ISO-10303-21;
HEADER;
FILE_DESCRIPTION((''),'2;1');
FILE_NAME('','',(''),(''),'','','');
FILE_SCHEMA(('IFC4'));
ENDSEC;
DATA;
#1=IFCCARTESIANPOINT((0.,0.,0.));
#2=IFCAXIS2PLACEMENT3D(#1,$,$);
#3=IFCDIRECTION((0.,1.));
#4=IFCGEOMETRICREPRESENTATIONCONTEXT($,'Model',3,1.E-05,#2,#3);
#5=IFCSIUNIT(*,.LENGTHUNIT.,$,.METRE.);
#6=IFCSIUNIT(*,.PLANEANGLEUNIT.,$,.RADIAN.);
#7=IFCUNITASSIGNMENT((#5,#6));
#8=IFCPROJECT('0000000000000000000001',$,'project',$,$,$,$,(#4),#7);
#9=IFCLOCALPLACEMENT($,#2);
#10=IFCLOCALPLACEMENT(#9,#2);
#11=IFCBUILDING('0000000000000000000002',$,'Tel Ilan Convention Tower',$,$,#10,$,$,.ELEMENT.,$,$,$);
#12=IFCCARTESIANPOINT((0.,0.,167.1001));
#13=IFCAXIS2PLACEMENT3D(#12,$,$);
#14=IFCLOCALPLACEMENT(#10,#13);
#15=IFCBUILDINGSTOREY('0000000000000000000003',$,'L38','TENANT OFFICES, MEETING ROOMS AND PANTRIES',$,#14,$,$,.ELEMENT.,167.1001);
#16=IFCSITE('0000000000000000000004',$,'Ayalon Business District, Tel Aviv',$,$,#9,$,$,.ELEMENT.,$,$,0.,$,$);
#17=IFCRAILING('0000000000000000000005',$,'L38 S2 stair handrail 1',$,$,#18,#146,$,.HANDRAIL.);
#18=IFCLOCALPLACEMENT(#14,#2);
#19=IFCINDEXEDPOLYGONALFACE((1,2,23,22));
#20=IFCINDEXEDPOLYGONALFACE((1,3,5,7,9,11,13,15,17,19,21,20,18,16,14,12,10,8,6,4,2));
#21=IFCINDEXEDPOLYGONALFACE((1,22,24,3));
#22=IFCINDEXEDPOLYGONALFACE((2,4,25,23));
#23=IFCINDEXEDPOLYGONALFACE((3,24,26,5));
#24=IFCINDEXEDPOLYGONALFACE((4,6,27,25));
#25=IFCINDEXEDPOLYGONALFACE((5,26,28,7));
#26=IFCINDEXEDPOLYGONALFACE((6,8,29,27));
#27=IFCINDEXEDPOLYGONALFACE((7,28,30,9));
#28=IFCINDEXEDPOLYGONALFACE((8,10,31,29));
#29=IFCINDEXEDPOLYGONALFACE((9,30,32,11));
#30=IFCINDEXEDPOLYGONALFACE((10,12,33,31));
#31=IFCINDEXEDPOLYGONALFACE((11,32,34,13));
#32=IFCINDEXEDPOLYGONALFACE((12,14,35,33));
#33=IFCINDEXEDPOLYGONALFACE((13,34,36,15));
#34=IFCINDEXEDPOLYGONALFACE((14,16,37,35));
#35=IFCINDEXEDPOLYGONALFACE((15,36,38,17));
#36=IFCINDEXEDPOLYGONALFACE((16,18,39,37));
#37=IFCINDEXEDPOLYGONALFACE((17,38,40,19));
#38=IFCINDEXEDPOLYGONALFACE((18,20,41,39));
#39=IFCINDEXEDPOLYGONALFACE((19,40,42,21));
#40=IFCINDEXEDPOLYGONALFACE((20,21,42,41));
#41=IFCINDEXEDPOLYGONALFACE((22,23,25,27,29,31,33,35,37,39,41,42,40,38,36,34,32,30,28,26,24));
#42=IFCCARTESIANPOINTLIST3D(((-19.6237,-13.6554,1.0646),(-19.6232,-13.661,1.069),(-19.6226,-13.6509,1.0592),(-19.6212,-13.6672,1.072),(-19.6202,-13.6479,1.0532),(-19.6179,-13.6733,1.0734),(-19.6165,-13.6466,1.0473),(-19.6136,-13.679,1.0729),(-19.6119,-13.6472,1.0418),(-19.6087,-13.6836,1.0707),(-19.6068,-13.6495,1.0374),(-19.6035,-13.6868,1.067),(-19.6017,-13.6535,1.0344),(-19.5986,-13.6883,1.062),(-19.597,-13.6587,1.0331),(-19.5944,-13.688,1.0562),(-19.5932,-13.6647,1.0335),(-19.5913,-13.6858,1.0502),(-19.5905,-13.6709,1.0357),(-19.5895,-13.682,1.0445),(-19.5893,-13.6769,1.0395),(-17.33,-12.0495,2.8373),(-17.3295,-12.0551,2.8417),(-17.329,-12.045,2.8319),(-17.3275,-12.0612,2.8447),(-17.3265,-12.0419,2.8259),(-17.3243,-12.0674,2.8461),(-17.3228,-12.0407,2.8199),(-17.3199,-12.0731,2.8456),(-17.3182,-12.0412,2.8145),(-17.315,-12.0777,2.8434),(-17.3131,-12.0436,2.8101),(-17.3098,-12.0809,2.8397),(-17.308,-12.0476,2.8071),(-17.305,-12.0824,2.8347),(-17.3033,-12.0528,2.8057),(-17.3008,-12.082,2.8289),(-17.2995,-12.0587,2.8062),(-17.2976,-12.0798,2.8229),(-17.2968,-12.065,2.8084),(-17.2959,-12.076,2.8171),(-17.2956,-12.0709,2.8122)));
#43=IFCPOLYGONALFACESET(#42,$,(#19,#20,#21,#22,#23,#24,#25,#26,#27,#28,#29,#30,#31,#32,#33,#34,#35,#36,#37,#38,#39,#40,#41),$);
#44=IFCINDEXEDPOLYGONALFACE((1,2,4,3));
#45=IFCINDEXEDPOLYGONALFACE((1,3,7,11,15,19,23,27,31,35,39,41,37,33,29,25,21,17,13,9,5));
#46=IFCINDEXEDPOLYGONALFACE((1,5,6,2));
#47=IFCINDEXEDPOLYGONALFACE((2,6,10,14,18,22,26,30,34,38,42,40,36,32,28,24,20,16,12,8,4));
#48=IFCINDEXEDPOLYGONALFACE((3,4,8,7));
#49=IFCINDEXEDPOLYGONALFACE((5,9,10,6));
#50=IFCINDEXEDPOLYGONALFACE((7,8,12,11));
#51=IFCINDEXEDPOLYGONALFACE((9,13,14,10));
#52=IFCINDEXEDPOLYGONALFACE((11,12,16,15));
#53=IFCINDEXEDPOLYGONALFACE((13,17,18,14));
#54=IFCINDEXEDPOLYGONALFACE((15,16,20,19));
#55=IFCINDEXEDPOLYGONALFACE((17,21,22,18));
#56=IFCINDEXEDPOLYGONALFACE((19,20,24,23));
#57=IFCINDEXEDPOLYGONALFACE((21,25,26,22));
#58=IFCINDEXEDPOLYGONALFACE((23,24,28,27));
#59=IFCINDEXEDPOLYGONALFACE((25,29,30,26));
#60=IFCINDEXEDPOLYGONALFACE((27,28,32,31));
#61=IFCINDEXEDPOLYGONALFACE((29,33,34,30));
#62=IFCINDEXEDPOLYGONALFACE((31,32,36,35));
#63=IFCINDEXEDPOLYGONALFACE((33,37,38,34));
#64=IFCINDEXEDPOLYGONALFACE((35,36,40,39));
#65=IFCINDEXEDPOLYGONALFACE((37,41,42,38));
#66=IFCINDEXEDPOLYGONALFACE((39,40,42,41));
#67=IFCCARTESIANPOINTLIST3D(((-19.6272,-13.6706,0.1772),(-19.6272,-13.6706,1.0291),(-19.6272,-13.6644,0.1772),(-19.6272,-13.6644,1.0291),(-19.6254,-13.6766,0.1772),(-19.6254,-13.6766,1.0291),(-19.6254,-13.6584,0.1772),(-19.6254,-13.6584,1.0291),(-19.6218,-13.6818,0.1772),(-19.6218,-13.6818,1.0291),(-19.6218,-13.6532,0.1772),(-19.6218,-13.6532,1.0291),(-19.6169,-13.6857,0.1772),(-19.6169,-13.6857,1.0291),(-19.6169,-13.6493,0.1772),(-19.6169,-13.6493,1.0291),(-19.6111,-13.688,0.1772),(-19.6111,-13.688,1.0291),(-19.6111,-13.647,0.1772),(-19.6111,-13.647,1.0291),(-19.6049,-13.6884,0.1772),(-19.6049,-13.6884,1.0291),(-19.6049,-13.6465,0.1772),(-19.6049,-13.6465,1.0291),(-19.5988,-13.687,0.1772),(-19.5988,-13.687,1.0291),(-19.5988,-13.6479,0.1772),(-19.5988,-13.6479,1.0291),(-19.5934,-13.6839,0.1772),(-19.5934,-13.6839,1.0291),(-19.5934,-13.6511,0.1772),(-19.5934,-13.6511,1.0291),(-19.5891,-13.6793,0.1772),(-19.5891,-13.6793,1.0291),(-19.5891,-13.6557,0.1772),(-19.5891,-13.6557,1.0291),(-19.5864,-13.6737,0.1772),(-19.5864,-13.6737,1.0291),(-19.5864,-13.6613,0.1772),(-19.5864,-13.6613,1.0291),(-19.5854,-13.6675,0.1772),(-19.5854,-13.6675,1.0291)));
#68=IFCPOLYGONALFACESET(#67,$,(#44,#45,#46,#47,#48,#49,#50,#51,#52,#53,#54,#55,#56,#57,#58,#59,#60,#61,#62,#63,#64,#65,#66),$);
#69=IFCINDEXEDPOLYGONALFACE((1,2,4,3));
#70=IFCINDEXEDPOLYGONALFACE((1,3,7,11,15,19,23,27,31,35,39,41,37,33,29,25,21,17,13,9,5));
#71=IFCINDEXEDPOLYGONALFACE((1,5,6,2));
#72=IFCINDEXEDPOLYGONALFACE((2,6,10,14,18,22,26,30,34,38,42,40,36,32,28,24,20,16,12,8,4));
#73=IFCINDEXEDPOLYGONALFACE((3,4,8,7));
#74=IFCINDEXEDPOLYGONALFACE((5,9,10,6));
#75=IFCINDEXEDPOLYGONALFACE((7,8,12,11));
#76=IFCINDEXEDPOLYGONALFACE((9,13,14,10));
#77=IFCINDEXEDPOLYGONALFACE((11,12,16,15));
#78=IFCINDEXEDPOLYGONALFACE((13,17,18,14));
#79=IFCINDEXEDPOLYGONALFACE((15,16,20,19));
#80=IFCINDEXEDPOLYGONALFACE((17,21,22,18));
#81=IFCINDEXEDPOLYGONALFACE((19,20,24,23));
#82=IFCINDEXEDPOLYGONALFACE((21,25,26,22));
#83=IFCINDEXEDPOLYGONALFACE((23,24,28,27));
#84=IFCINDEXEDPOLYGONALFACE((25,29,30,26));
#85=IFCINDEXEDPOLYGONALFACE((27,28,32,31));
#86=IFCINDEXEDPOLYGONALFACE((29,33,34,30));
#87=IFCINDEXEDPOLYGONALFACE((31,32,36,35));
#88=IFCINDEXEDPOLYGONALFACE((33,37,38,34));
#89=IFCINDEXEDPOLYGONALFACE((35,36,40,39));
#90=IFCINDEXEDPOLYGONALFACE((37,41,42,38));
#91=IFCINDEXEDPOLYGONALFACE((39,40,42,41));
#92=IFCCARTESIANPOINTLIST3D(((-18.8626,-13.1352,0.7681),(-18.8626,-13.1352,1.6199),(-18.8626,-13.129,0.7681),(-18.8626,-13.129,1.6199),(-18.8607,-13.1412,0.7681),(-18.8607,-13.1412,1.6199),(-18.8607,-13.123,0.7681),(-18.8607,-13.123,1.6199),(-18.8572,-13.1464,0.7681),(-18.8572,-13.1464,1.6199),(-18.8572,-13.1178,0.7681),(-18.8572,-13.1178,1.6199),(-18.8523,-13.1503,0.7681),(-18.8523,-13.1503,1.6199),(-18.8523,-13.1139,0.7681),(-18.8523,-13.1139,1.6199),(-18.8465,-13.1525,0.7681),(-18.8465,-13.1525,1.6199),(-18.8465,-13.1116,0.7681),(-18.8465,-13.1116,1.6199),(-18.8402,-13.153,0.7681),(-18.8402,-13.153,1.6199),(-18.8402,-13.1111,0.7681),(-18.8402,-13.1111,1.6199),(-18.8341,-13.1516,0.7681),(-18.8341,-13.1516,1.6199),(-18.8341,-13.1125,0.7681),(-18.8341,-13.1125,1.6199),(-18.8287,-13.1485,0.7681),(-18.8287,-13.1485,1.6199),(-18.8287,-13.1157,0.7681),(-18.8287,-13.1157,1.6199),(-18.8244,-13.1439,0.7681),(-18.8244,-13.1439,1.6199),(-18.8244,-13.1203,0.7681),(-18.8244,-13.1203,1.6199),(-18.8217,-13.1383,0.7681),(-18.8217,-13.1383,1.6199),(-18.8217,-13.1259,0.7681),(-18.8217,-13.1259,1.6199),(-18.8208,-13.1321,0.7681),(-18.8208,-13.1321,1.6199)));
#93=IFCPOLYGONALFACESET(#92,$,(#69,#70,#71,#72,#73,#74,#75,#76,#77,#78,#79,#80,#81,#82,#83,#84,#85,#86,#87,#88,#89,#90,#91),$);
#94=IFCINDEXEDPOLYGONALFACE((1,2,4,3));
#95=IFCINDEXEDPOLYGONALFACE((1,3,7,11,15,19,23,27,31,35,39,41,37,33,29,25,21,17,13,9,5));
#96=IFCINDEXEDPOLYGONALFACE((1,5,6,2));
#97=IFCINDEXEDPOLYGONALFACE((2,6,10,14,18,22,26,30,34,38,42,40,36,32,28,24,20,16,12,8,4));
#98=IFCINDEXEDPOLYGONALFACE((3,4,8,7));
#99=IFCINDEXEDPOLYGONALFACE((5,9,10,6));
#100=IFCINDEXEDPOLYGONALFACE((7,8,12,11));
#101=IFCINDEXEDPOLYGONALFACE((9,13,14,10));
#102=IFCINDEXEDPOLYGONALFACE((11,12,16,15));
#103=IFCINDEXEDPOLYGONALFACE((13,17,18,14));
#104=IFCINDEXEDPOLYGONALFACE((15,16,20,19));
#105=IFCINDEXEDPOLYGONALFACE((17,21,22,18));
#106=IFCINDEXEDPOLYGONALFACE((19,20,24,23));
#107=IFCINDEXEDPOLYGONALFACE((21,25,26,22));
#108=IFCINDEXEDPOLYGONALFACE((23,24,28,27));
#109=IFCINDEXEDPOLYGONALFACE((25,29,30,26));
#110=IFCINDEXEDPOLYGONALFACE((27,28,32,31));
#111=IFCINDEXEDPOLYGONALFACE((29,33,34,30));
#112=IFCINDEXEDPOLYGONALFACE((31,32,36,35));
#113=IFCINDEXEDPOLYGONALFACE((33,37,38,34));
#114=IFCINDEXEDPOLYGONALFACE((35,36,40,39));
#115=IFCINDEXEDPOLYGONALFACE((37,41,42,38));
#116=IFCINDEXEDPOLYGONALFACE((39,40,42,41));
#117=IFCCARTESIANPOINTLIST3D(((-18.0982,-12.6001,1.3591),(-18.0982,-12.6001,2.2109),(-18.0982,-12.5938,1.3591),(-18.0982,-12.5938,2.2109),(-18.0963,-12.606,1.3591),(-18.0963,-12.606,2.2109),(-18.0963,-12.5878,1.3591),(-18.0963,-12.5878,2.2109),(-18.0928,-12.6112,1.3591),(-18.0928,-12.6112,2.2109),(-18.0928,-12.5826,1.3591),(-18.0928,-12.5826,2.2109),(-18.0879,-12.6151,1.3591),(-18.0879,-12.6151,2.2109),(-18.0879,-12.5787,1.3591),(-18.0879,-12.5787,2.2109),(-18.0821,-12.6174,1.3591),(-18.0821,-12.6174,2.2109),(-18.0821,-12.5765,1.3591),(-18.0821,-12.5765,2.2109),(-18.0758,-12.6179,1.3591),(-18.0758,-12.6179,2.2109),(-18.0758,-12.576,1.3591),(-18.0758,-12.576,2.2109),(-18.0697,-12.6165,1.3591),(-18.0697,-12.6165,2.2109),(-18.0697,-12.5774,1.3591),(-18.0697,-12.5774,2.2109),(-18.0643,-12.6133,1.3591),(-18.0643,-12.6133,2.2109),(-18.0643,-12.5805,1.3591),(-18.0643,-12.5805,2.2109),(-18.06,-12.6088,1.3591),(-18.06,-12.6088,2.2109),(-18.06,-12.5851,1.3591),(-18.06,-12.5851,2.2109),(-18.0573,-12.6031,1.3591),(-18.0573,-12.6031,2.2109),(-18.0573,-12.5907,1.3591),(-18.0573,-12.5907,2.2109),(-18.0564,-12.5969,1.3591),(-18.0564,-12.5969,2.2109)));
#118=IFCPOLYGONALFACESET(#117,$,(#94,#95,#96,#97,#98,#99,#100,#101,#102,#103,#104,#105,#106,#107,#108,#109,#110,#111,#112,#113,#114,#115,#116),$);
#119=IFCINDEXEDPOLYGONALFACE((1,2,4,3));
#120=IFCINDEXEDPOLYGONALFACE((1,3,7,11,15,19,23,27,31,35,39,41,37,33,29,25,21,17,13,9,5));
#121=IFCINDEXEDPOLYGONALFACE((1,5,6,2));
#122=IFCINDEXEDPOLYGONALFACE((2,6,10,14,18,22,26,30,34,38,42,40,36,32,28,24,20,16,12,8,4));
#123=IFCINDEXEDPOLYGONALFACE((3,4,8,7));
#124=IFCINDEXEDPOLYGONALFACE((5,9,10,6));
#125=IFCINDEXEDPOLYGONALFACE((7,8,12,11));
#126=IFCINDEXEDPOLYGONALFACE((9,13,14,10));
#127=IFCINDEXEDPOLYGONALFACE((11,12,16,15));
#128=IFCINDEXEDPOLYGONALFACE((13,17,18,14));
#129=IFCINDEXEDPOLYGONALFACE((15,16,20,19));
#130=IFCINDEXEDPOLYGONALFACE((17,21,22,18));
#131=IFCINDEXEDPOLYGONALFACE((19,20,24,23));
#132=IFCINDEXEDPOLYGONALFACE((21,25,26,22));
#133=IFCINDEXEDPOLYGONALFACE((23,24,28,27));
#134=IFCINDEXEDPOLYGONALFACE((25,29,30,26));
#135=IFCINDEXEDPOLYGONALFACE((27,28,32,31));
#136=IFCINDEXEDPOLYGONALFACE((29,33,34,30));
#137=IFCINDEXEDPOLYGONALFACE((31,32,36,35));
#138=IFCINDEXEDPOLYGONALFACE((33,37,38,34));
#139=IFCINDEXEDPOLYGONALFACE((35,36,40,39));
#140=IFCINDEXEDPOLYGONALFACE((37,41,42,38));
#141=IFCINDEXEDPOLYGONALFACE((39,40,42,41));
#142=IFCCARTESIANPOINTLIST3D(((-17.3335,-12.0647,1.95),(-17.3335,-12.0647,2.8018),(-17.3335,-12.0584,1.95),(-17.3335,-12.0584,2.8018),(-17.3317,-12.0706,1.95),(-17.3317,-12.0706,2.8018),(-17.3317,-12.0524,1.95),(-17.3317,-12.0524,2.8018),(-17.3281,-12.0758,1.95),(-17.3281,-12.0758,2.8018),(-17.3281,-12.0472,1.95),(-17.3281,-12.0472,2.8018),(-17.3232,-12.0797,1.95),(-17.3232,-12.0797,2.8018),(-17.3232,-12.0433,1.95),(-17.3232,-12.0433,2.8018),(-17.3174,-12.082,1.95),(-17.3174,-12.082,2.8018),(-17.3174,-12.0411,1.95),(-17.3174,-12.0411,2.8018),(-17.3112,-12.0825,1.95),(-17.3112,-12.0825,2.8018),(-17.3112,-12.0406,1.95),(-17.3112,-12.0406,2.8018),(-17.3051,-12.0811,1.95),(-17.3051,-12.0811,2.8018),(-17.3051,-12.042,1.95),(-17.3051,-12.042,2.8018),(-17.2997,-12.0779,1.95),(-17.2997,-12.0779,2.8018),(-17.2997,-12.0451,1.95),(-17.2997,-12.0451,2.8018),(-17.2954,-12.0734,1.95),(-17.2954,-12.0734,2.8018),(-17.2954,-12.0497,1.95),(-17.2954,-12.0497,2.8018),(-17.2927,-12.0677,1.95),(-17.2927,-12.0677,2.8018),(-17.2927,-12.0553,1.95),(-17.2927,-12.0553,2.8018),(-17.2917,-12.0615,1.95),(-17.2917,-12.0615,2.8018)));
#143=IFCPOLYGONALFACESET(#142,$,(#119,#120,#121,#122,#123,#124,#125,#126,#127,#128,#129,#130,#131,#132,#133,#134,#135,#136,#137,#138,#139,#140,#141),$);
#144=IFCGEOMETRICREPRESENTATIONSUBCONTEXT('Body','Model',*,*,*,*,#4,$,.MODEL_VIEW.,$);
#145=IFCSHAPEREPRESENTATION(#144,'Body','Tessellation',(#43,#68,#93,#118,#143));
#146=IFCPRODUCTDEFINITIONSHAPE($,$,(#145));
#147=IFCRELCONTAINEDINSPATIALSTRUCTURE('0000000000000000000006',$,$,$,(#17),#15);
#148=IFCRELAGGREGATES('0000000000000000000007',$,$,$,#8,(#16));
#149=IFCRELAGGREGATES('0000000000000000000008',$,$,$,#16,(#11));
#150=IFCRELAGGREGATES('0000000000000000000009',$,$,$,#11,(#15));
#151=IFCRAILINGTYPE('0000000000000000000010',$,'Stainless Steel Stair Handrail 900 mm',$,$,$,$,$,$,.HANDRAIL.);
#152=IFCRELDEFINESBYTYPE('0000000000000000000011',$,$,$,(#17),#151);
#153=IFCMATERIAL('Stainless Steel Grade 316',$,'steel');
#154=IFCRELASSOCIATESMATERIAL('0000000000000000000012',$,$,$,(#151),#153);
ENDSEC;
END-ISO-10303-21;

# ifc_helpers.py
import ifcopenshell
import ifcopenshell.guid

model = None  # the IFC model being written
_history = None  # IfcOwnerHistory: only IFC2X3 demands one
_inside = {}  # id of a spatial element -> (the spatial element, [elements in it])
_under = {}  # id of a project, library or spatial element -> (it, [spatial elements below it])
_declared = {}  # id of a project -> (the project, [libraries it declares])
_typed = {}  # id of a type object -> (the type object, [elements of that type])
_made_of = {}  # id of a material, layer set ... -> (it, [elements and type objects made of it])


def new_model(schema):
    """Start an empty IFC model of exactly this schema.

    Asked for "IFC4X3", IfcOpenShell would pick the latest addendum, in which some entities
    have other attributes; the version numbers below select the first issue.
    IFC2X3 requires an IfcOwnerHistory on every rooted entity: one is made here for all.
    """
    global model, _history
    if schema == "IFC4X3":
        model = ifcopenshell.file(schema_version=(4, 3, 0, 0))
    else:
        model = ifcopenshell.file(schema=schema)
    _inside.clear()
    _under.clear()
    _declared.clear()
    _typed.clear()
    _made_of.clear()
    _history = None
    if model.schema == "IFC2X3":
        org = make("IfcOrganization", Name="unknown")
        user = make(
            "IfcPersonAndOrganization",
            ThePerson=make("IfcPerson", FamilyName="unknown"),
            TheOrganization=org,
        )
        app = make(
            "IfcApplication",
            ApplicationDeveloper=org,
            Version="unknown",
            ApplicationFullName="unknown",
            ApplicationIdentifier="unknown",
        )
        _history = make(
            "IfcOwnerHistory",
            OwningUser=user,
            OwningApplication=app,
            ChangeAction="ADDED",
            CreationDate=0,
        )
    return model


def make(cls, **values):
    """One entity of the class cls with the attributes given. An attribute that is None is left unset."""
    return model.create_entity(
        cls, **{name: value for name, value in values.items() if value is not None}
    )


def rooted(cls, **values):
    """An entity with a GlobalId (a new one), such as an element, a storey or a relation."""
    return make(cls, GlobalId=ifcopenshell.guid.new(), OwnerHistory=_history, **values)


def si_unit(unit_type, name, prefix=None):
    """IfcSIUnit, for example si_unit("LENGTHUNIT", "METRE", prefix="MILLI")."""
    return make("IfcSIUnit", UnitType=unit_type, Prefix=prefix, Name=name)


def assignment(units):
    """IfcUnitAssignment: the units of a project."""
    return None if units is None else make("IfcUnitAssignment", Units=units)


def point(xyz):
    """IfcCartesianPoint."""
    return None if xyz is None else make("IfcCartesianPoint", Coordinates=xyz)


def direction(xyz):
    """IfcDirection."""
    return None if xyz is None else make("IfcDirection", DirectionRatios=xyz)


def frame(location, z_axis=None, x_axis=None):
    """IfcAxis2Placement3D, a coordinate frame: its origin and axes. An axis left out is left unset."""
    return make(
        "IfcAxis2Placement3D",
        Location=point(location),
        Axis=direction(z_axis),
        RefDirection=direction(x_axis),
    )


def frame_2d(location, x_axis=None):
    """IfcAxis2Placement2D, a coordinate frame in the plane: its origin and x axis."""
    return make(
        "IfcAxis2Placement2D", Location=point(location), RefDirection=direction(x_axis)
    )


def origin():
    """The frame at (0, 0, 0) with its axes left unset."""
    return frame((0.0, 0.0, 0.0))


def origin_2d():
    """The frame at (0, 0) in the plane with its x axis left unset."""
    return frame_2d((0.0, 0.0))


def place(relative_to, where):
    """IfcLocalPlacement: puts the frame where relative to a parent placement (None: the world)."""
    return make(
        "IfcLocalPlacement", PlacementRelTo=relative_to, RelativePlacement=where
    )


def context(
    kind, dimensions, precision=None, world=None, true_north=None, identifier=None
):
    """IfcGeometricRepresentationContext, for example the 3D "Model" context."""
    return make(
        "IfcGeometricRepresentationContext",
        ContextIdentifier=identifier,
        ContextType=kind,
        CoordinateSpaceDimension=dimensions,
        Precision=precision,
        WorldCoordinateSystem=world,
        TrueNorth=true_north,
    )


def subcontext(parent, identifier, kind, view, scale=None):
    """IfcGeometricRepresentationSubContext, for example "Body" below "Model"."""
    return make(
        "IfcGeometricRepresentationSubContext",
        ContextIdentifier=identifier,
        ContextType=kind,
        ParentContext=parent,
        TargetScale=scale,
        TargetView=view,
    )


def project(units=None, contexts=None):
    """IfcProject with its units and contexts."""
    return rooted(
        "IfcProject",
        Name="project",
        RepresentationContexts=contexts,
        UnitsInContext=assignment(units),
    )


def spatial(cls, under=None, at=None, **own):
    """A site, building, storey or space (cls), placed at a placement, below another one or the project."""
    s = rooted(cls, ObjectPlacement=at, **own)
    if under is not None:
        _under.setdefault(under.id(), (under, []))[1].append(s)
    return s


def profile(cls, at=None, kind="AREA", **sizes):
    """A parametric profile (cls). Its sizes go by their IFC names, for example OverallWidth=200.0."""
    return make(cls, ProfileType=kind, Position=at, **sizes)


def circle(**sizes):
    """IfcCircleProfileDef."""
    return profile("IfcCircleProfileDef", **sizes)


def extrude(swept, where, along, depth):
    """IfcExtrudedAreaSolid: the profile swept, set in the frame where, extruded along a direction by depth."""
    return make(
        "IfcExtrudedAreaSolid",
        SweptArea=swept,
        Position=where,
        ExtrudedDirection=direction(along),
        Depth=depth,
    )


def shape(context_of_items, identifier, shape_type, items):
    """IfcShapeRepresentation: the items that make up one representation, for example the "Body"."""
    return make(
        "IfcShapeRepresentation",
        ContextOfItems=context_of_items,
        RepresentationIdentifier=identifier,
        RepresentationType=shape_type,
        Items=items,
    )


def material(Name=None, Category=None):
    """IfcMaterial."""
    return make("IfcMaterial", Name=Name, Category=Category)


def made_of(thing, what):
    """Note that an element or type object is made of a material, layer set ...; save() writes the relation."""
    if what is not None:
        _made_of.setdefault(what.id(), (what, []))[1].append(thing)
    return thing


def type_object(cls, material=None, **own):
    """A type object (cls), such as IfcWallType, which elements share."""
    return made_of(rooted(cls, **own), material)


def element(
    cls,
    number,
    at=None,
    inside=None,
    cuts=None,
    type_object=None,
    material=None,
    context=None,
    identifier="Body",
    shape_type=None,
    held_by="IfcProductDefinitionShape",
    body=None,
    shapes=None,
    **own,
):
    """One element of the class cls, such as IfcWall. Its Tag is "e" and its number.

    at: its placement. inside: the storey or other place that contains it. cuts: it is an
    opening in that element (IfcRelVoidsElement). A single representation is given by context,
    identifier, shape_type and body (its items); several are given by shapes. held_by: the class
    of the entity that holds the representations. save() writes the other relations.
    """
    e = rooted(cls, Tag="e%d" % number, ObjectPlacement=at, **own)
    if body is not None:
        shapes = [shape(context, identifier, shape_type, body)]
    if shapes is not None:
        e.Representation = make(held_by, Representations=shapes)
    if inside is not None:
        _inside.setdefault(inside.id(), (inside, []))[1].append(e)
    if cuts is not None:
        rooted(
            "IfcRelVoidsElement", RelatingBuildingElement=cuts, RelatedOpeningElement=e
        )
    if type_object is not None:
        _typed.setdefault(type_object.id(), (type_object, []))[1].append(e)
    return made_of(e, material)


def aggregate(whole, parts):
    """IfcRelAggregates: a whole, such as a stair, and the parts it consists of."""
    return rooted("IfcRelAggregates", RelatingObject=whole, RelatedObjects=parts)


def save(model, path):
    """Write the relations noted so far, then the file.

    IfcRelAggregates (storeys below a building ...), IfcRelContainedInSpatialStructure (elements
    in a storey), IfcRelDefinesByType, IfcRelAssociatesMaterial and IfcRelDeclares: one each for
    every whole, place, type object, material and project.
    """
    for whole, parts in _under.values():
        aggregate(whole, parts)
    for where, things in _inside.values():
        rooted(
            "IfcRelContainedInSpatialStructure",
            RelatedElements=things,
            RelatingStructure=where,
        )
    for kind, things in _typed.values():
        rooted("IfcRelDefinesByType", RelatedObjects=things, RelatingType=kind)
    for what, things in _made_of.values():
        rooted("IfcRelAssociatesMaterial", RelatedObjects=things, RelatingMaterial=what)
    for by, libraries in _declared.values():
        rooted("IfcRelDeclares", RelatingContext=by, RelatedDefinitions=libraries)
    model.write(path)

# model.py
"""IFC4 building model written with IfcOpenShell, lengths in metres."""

from ifc_helpers import new_model, si_unit, direction, frame, origin, origin_2d, place, context, subcontext, project, spatial, circle, extrude, material, type_object, element, save


model = new_model("IFC4")

# Units and contexts
model_context = context("Model", 3, precision=1e-05, world=origin(), true_north=direction((0.0, 1.0)))
body_context = subcontext(model_context, "Body", "Model", "MODEL_VIEW")
ifc_project = project(units=[si_unit("LENGTHUNIT", "METRE"), si_unit("PLANEANGLEUNIT", "RADIAN")], contexts=[model_context])

# Site, building, storey
site_placement = place(None, origin())
site = spatial("IfcSite", under=ifc_project, at=site_placement, Name="Ayalon Business District, Tel Aviv", CompositionType="ELEMENT", RefElevation=0.0)
building_placement = place(site_placement, origin())
building = spatial("IfcBuilding", under=site, at=building_placement, Name="Tel Ilan Convention Tower", CompositionType="ELEMENT")
storey_placement = place(building_placement, frame((0.0, 0.0, 167.1001)))
storey = spatial("IfcBuildingStorey", under=building, at=storey_placement, Name="L38", Description="TENANT OFFICES, MEETING ROOMS AND PANTRIES", CompositionType="ELEMENT", Elevation=167.1001)

# Railing
ifc_material_1 = material(Name="Stainless Steel Grade 316", Category="steel")
railing_type_1 = type_object("IfcRailingType", Name="Stainless Steel Stair Handrail 900 mm", PredefinedType="HANDRAIL", material=ifc_material_1)
railing_1_placement = place(storey_placement, frame((-19.6064, -13.6675, 0.1772)))
element("IfcRailing", 1, at=railing_1_placement, inside=storey, type_object=railing_type_1, Name="L38 S2 stair handrail 1", PredefinedType="HANDRAIL", context=body_context, shape_type="SweptSolid", body=[
    extrude(circle(Radius=0.0239, at=origin_2d()), frame((0.0, 0.0, 0.876), z_axis=(0.692123, 0.484597, 0.534913), x_axis=(-0.57355, 0.81917, 0.0)), (0.0, 0.0, 1.0), 3.314),
    extrude(circle(Radius=0.021, at=origin_2d()), origin(), (0.0, 0.0, 1.0), 0.8518),
    extrude(circle(Radius=0.021, at=origin_2d()), frame((0.7646, 0.5354, 0.5908)), (0.0, 0.0, 1.0), 0.8518),
    extrude(circle(Radius=0.021, at=origin_2d()), frame((1.5291, 1.0706, 1.1819)), (0.0, 0.0, 1.0), 0.8518),
    extrude(circle(Radius=0.021, at=origin_2d()), frame((2.2937, 1.606, 1.7727)), (0.0, 0.0, 1.0), 0.8518),
])

save(model, "model.ifc")
